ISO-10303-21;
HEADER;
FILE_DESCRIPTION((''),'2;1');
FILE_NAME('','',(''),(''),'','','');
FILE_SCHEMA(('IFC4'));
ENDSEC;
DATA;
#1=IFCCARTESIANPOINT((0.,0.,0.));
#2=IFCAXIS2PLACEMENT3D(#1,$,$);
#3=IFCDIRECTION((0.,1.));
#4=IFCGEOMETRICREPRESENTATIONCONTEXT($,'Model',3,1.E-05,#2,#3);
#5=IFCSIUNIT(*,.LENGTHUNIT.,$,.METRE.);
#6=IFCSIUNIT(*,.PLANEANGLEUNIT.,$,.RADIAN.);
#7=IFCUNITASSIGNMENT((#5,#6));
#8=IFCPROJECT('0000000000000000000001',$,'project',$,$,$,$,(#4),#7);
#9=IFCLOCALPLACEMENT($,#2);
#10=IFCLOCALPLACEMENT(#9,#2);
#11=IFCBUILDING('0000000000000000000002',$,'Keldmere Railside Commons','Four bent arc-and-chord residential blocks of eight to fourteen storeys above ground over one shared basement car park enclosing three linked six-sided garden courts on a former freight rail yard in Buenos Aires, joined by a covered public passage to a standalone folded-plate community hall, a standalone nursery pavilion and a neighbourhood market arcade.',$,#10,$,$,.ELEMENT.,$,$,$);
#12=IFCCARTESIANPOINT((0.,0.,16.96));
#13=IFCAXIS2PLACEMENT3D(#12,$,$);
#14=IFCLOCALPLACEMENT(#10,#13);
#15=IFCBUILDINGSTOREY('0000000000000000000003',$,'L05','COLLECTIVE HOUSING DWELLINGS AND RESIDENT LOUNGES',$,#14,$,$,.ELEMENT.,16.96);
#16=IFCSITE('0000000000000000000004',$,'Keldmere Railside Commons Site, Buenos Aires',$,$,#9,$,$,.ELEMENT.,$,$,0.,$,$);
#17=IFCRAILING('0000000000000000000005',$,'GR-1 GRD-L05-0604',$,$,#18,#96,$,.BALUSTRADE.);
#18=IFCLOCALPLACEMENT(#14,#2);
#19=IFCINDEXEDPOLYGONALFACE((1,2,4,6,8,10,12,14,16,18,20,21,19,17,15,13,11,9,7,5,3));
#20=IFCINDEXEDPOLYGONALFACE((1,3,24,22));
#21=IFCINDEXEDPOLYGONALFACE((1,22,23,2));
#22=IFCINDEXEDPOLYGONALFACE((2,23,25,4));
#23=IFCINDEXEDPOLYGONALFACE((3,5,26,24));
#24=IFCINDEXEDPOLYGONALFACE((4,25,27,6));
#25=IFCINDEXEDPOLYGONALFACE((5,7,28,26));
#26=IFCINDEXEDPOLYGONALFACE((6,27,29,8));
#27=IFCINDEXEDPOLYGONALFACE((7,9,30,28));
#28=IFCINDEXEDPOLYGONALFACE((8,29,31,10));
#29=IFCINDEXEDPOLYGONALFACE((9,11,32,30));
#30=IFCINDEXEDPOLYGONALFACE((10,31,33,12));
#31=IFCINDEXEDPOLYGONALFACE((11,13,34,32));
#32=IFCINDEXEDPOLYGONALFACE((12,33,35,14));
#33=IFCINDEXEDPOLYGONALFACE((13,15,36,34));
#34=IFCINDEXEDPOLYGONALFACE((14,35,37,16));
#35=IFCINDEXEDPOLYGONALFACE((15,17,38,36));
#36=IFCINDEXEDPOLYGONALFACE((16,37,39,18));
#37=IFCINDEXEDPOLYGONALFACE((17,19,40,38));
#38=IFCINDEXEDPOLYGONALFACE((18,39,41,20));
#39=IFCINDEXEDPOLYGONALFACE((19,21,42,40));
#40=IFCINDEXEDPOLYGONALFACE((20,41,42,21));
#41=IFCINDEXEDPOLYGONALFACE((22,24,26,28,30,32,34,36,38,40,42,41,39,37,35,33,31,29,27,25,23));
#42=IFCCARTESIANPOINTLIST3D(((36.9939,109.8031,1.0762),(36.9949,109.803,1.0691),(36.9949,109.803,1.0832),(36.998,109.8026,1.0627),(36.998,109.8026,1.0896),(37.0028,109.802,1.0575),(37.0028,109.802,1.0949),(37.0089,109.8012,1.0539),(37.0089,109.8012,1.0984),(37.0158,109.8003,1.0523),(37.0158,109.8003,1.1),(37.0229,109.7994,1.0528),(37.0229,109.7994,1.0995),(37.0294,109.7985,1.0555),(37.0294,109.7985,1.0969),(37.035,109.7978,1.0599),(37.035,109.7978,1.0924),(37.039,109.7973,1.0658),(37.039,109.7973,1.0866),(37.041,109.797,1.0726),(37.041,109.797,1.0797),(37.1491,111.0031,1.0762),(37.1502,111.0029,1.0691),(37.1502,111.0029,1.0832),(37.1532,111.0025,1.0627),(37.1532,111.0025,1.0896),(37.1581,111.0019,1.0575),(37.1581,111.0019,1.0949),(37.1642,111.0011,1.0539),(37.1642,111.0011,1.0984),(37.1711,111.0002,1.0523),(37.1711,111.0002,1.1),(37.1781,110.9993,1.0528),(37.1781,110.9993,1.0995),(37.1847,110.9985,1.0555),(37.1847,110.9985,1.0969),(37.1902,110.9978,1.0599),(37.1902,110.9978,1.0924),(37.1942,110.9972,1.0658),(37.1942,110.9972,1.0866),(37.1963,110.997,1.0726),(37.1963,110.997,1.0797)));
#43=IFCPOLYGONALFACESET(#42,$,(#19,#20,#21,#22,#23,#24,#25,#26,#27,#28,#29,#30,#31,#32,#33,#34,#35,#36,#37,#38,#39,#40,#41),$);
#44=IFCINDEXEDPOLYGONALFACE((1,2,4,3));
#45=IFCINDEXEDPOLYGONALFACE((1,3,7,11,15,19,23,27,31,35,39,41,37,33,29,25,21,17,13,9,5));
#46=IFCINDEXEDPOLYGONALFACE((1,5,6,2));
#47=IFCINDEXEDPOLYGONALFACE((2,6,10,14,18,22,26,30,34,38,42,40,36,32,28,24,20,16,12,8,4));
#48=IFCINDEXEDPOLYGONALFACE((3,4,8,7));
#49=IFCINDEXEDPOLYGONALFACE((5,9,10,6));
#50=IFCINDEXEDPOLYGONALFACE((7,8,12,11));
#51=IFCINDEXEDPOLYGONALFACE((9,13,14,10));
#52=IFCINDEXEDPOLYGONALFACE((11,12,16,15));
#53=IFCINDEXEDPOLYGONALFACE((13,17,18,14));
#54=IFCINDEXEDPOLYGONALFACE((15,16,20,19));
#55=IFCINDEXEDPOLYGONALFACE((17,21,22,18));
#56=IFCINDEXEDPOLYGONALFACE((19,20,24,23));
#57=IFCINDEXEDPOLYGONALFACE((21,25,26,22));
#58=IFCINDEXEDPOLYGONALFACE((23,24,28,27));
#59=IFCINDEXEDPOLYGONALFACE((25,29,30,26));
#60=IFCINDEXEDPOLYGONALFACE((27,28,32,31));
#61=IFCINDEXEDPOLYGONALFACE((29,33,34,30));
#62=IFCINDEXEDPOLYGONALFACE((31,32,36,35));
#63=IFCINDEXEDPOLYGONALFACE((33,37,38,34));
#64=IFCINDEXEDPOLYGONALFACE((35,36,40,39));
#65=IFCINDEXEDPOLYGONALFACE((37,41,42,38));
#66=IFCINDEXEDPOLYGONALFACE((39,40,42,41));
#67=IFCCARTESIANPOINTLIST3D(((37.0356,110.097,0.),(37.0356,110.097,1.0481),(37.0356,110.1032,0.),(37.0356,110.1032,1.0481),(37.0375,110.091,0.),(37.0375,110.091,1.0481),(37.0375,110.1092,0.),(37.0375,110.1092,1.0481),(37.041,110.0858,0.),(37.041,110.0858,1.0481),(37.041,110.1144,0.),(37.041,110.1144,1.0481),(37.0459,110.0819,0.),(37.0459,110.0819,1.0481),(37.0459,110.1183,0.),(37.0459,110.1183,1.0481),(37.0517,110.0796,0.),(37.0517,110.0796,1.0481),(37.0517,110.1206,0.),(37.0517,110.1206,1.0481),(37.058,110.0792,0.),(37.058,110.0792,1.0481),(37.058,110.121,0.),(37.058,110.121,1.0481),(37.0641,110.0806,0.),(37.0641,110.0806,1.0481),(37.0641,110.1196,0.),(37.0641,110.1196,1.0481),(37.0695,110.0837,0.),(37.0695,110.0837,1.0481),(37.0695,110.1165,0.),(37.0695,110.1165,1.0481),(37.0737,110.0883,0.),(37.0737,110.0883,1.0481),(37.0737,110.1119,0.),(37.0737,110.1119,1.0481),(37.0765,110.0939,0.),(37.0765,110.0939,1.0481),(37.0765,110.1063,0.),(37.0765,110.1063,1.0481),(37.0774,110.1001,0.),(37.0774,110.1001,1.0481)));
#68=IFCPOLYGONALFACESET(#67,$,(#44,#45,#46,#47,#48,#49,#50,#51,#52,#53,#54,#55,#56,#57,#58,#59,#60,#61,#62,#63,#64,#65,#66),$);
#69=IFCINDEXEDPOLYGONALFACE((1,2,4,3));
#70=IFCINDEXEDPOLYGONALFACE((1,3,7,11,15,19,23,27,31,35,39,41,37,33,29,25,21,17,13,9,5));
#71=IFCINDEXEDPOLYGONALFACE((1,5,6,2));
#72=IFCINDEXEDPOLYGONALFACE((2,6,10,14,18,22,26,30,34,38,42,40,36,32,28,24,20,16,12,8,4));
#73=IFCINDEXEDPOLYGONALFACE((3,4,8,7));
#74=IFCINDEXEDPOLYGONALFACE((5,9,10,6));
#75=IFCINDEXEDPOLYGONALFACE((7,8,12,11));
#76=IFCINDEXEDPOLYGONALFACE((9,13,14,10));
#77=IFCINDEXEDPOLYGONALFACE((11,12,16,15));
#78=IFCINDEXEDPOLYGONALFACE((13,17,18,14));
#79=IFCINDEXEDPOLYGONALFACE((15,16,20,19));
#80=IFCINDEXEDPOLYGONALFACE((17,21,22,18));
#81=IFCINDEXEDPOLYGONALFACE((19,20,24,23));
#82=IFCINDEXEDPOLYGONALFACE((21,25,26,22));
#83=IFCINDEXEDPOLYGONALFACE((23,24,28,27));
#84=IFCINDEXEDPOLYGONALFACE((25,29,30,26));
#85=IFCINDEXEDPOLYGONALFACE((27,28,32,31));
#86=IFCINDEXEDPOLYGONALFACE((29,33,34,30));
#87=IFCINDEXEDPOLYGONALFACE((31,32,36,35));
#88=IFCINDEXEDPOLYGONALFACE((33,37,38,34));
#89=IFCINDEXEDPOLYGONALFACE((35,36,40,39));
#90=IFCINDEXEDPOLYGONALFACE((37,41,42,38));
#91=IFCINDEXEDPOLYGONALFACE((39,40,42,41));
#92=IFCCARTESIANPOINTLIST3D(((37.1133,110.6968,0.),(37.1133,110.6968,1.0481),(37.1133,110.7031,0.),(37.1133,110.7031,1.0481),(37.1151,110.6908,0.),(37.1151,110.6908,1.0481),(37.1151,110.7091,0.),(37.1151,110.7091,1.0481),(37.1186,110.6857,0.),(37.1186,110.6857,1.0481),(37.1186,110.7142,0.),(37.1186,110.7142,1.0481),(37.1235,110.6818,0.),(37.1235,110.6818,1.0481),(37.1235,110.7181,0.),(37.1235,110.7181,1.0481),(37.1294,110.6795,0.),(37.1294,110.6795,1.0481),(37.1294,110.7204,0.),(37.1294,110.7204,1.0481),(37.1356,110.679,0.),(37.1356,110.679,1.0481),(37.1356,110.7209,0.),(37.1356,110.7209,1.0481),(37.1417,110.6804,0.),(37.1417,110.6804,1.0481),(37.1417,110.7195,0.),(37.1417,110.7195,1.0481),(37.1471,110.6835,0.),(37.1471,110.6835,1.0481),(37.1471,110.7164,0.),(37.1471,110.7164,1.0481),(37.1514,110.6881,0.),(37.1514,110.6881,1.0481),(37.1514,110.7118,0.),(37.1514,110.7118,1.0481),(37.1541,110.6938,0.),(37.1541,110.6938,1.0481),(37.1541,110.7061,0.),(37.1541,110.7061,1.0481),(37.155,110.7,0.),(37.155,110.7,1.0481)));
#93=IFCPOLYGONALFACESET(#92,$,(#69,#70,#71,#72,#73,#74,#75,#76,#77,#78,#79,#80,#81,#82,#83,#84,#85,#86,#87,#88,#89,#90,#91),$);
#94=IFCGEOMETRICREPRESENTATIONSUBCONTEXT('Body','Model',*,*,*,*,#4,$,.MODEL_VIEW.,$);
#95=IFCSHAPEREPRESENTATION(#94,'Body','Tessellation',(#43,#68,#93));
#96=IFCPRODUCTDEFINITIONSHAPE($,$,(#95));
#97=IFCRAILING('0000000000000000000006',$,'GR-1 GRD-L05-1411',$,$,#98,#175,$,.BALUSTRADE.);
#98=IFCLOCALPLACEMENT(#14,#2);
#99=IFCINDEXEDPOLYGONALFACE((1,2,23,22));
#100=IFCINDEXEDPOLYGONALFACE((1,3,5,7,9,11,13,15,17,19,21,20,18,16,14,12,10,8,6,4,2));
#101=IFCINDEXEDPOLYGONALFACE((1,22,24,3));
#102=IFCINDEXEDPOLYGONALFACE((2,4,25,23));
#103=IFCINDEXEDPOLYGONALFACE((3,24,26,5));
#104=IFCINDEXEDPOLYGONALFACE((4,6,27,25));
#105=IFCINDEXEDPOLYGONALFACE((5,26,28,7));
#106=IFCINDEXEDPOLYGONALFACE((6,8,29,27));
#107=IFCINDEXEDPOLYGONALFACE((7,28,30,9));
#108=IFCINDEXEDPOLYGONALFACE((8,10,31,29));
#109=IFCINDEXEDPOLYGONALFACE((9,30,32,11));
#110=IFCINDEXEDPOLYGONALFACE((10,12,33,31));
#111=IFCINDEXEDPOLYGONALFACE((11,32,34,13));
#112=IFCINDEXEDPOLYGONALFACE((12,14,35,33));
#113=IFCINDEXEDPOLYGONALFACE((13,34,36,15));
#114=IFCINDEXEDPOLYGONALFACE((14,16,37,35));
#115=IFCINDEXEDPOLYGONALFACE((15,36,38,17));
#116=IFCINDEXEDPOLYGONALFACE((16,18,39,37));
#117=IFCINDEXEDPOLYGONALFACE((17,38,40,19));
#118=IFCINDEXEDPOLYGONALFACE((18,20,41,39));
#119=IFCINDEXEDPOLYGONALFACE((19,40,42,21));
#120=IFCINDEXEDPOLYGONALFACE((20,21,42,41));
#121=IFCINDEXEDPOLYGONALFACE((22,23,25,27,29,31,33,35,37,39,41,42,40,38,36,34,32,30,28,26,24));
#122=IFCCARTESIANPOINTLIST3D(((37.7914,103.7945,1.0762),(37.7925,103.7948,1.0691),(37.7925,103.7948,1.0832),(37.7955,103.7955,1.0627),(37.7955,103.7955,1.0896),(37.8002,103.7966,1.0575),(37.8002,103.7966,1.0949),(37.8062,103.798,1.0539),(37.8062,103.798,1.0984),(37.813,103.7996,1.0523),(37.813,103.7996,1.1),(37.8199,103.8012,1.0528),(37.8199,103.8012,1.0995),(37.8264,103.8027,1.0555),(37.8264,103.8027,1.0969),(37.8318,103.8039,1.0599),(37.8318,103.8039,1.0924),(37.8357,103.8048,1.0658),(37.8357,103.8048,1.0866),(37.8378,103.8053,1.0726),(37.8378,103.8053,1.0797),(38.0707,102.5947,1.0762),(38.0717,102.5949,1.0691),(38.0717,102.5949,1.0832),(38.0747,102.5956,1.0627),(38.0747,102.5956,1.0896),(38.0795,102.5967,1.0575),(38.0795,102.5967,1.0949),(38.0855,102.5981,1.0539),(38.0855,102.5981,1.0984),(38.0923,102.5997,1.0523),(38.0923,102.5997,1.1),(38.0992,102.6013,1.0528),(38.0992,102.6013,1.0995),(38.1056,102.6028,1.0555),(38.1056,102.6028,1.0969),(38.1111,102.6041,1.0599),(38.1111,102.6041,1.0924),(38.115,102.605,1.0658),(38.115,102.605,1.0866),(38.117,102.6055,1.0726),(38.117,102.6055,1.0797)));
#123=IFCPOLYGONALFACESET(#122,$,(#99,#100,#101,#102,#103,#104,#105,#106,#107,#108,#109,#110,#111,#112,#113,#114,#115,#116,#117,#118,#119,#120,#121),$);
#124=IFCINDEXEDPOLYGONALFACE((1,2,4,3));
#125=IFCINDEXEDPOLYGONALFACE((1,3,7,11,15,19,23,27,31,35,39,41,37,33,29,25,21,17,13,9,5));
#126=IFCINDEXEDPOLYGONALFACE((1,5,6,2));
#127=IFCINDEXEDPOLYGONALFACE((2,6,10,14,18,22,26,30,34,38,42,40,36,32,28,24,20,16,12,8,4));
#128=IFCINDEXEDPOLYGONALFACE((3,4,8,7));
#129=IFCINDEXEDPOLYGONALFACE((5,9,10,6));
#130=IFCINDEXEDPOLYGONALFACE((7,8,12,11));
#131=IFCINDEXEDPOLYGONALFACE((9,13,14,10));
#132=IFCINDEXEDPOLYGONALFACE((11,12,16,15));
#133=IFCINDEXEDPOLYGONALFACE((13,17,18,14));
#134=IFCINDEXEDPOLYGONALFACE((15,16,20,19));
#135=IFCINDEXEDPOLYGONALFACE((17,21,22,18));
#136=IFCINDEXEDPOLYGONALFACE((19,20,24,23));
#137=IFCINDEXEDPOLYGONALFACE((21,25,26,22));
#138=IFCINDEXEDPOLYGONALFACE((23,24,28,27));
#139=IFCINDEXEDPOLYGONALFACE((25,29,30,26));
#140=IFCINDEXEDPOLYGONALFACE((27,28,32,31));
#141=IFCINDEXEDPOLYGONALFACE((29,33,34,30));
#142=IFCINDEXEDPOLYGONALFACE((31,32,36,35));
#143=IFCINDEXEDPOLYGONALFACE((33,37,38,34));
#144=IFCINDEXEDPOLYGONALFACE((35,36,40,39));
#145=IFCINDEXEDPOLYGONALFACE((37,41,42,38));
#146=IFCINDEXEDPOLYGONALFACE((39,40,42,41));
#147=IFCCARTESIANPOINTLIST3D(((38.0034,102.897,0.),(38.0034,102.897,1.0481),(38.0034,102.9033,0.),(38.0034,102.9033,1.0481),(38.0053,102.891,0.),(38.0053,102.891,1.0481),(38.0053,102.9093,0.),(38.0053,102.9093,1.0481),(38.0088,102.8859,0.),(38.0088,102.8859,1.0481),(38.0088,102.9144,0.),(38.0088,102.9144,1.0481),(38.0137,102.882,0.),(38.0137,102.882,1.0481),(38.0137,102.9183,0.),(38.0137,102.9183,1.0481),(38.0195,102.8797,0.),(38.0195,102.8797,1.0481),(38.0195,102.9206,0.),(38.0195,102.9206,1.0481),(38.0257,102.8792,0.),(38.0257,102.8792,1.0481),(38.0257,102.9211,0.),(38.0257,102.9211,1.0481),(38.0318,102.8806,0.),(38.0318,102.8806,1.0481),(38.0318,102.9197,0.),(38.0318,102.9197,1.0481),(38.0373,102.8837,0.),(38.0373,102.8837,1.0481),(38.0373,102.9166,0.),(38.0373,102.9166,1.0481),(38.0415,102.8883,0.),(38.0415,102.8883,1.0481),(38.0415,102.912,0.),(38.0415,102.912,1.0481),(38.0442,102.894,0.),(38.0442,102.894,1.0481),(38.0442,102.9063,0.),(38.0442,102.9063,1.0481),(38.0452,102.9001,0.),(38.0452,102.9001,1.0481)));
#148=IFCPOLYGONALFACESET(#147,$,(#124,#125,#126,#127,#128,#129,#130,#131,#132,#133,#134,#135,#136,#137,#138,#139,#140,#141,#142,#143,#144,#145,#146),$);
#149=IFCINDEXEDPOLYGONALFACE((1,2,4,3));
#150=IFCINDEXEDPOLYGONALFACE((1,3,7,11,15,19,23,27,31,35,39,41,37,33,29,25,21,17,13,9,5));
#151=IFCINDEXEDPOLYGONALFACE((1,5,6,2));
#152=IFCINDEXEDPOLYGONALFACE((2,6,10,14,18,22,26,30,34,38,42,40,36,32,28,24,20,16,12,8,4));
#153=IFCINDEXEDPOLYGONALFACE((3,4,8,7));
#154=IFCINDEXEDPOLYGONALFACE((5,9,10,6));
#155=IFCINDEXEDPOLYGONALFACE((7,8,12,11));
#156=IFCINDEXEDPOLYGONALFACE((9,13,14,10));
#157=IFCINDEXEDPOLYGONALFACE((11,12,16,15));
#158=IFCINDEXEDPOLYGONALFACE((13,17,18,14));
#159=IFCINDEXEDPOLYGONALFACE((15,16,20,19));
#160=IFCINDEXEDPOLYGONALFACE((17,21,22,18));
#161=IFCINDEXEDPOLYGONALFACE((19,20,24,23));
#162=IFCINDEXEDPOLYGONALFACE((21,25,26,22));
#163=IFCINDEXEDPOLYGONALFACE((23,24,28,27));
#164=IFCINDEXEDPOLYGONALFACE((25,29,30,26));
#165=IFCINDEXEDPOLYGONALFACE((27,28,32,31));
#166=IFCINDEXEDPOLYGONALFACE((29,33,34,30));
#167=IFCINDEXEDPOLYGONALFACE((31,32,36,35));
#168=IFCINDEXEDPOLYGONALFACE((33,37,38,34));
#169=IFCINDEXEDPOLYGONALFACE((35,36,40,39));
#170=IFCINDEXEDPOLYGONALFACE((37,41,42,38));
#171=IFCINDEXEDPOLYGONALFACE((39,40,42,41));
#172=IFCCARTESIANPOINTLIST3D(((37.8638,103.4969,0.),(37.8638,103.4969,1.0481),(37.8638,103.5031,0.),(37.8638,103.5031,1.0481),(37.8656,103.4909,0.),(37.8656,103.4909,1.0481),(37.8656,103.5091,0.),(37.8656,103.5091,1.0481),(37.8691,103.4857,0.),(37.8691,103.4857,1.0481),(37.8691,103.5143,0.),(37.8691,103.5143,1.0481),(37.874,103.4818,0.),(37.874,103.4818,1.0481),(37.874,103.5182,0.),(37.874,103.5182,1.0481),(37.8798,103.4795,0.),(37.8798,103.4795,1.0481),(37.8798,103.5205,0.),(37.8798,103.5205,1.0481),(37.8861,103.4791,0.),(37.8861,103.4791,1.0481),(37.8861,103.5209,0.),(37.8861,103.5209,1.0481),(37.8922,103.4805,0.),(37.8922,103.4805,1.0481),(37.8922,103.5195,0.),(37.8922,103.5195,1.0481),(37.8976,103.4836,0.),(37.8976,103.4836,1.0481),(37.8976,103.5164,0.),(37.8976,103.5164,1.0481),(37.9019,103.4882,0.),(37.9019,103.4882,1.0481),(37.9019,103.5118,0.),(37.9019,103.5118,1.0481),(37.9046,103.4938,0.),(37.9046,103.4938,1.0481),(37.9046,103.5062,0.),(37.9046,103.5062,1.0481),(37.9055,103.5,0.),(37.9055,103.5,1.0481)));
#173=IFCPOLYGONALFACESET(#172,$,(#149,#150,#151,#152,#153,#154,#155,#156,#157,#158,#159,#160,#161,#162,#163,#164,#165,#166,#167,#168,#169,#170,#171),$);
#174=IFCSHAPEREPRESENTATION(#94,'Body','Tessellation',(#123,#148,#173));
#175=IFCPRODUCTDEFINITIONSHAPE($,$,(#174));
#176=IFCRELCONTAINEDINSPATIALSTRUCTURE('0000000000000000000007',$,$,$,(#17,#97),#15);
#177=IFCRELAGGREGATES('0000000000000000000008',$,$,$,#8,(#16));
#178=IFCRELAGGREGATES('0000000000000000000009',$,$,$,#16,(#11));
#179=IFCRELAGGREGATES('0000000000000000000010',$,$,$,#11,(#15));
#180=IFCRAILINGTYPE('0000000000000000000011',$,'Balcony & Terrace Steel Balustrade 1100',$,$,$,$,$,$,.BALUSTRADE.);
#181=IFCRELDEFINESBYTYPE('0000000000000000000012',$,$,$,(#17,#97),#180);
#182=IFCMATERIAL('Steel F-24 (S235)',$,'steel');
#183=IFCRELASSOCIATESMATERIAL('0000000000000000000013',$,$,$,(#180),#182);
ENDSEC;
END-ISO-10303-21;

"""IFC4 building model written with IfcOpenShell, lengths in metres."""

from ifc_helpers import new_model, si_unit, direction, frame, origin, origin_2d, place, context, subcontext, project, spatial, circle, extrude, material, type_object, element, save


model = new_model("IFC4")

# Units and contexts
model_context = context("Model", 3, precision=1e-05, world=origin(), true_north=direction((0.0, 1.0)))
body_context = subcontext(model_context, "Body", "Model", "MODEL_VIEW")
ifc_project = project(units=[si_unit("LENGTHUNIT", "METRE"), si_unit("PLANEANGLEUNIT", "RADIAN")], contexts=[model_context])

# Site, building, storey
site_placement = place(None, origin())
site = spatial("IfcSite", under=ifc_project, at=site_placement, Name="Keldmere Railside Commons Site, Buenos Aires", CompositionType="ELEMENT", RefElevation=0.0)
building_placement = place(site_placement, origin())
building = spatial("IfcBuilding", under=site, at=building_placement, Name="Keldmere Railside Commons", Description="Four bent arc-and-chord residential blocks of eight to fourteen storeys above ground over one shared basement car park enclosing three linked six-sided garden courts on a former freight rail yard in Buenos Aires, joined by a covered public passage to a standalone folded-plate community hall, a standalone nursery pavilion and a neighbourhood market arcade.", CompositionType="ELEMENT")
storey_placement = place(building_placement, frame((0.0, 0.0, 16.96)))
storey = spatial("IfcBuildingStorey", under=building, at=storey_placement, Name="L05", Description="COLLECTIVE HOUSING DWELLINGS AND RESIDENT LOUNGES", CompositionType="ELEMENT", Elevation=16.96)

# Shared definitions
ifc_material_1 = material(Name="Steel F-24 (S235)", Category="steel")

# Railings
railing_type_1 = type_object("IfcRailingType", Name="Balcony & Terrace Steel Balustrade 1100", PredefinedType="BALUSTRADE", material=ifc_material_1)
railing_1_placement = place(storey_placement, frame((37.0176, 109.8, 0.0)))
element("IfcRailing", 1, at=railing_1_placement, inside=storey, type_object=railing_type_1, Name="GR-1 GRD-L05-0604", PredefinedType="BALUSTRADE", context=body_context, shape_type="SweptSolid", body=[
    extrude(circle(Radius=0.0239, at=origin_2d()), frame((0.0, 0.0, 1.0762), z_axis=(0.12833, 0.991732, 0.0), x_axis=(-0.991732, 0.12833, 0.0)), (0.0, 0.0, 1.0), 1.21),
    extrude(circle(Radius=0.021, at=origin_2d()), frame((0.0388, 0.3, 0.0)), (0.0, 0.0, 1.0), 1.0481),
    extrude(circle(Radius=0.021, at=origin_2d()), frame((0.1165, 0.8999, 0.0)), (0.0, 0.0, 1.0), 1.0481),
])
railing_2_placement = place(storey_placement, frame((38.094, 102.6001, 0.0)))
element("IfcRailing", 2, at=railing_2_placement, inside=storey, type_object=railing_type_1, Name="GR-1 GRD-L05-1411", PredefinedType="BALUSTRADE", context=body_context, shape_type="SweptSolid", body=[
    extrude(circle(Radius=0.0239, at=origin_2d()), frame((0.0, 0.0, 1.0762), z_axis=(-0.226697, 0.973965, 0.0), x_axis=(-0.973965, -0.226697, 0.0)), (0.0, 0.0, 1.0), 1.2319),
    extrude(circle(Radius=0.021, at=origin_2d()), frame((-0.0698, 0.3, 0.0)), (0.0, 0.0, 1.0), 1.0481),
    extrude(circle(Radius=0.021, at=origin_2d()), frame((-0.2095, 0.8999, 0.0)), (0.0, 0.0, 1.0), 1.0481),
])

save(model, "model.ifc")
